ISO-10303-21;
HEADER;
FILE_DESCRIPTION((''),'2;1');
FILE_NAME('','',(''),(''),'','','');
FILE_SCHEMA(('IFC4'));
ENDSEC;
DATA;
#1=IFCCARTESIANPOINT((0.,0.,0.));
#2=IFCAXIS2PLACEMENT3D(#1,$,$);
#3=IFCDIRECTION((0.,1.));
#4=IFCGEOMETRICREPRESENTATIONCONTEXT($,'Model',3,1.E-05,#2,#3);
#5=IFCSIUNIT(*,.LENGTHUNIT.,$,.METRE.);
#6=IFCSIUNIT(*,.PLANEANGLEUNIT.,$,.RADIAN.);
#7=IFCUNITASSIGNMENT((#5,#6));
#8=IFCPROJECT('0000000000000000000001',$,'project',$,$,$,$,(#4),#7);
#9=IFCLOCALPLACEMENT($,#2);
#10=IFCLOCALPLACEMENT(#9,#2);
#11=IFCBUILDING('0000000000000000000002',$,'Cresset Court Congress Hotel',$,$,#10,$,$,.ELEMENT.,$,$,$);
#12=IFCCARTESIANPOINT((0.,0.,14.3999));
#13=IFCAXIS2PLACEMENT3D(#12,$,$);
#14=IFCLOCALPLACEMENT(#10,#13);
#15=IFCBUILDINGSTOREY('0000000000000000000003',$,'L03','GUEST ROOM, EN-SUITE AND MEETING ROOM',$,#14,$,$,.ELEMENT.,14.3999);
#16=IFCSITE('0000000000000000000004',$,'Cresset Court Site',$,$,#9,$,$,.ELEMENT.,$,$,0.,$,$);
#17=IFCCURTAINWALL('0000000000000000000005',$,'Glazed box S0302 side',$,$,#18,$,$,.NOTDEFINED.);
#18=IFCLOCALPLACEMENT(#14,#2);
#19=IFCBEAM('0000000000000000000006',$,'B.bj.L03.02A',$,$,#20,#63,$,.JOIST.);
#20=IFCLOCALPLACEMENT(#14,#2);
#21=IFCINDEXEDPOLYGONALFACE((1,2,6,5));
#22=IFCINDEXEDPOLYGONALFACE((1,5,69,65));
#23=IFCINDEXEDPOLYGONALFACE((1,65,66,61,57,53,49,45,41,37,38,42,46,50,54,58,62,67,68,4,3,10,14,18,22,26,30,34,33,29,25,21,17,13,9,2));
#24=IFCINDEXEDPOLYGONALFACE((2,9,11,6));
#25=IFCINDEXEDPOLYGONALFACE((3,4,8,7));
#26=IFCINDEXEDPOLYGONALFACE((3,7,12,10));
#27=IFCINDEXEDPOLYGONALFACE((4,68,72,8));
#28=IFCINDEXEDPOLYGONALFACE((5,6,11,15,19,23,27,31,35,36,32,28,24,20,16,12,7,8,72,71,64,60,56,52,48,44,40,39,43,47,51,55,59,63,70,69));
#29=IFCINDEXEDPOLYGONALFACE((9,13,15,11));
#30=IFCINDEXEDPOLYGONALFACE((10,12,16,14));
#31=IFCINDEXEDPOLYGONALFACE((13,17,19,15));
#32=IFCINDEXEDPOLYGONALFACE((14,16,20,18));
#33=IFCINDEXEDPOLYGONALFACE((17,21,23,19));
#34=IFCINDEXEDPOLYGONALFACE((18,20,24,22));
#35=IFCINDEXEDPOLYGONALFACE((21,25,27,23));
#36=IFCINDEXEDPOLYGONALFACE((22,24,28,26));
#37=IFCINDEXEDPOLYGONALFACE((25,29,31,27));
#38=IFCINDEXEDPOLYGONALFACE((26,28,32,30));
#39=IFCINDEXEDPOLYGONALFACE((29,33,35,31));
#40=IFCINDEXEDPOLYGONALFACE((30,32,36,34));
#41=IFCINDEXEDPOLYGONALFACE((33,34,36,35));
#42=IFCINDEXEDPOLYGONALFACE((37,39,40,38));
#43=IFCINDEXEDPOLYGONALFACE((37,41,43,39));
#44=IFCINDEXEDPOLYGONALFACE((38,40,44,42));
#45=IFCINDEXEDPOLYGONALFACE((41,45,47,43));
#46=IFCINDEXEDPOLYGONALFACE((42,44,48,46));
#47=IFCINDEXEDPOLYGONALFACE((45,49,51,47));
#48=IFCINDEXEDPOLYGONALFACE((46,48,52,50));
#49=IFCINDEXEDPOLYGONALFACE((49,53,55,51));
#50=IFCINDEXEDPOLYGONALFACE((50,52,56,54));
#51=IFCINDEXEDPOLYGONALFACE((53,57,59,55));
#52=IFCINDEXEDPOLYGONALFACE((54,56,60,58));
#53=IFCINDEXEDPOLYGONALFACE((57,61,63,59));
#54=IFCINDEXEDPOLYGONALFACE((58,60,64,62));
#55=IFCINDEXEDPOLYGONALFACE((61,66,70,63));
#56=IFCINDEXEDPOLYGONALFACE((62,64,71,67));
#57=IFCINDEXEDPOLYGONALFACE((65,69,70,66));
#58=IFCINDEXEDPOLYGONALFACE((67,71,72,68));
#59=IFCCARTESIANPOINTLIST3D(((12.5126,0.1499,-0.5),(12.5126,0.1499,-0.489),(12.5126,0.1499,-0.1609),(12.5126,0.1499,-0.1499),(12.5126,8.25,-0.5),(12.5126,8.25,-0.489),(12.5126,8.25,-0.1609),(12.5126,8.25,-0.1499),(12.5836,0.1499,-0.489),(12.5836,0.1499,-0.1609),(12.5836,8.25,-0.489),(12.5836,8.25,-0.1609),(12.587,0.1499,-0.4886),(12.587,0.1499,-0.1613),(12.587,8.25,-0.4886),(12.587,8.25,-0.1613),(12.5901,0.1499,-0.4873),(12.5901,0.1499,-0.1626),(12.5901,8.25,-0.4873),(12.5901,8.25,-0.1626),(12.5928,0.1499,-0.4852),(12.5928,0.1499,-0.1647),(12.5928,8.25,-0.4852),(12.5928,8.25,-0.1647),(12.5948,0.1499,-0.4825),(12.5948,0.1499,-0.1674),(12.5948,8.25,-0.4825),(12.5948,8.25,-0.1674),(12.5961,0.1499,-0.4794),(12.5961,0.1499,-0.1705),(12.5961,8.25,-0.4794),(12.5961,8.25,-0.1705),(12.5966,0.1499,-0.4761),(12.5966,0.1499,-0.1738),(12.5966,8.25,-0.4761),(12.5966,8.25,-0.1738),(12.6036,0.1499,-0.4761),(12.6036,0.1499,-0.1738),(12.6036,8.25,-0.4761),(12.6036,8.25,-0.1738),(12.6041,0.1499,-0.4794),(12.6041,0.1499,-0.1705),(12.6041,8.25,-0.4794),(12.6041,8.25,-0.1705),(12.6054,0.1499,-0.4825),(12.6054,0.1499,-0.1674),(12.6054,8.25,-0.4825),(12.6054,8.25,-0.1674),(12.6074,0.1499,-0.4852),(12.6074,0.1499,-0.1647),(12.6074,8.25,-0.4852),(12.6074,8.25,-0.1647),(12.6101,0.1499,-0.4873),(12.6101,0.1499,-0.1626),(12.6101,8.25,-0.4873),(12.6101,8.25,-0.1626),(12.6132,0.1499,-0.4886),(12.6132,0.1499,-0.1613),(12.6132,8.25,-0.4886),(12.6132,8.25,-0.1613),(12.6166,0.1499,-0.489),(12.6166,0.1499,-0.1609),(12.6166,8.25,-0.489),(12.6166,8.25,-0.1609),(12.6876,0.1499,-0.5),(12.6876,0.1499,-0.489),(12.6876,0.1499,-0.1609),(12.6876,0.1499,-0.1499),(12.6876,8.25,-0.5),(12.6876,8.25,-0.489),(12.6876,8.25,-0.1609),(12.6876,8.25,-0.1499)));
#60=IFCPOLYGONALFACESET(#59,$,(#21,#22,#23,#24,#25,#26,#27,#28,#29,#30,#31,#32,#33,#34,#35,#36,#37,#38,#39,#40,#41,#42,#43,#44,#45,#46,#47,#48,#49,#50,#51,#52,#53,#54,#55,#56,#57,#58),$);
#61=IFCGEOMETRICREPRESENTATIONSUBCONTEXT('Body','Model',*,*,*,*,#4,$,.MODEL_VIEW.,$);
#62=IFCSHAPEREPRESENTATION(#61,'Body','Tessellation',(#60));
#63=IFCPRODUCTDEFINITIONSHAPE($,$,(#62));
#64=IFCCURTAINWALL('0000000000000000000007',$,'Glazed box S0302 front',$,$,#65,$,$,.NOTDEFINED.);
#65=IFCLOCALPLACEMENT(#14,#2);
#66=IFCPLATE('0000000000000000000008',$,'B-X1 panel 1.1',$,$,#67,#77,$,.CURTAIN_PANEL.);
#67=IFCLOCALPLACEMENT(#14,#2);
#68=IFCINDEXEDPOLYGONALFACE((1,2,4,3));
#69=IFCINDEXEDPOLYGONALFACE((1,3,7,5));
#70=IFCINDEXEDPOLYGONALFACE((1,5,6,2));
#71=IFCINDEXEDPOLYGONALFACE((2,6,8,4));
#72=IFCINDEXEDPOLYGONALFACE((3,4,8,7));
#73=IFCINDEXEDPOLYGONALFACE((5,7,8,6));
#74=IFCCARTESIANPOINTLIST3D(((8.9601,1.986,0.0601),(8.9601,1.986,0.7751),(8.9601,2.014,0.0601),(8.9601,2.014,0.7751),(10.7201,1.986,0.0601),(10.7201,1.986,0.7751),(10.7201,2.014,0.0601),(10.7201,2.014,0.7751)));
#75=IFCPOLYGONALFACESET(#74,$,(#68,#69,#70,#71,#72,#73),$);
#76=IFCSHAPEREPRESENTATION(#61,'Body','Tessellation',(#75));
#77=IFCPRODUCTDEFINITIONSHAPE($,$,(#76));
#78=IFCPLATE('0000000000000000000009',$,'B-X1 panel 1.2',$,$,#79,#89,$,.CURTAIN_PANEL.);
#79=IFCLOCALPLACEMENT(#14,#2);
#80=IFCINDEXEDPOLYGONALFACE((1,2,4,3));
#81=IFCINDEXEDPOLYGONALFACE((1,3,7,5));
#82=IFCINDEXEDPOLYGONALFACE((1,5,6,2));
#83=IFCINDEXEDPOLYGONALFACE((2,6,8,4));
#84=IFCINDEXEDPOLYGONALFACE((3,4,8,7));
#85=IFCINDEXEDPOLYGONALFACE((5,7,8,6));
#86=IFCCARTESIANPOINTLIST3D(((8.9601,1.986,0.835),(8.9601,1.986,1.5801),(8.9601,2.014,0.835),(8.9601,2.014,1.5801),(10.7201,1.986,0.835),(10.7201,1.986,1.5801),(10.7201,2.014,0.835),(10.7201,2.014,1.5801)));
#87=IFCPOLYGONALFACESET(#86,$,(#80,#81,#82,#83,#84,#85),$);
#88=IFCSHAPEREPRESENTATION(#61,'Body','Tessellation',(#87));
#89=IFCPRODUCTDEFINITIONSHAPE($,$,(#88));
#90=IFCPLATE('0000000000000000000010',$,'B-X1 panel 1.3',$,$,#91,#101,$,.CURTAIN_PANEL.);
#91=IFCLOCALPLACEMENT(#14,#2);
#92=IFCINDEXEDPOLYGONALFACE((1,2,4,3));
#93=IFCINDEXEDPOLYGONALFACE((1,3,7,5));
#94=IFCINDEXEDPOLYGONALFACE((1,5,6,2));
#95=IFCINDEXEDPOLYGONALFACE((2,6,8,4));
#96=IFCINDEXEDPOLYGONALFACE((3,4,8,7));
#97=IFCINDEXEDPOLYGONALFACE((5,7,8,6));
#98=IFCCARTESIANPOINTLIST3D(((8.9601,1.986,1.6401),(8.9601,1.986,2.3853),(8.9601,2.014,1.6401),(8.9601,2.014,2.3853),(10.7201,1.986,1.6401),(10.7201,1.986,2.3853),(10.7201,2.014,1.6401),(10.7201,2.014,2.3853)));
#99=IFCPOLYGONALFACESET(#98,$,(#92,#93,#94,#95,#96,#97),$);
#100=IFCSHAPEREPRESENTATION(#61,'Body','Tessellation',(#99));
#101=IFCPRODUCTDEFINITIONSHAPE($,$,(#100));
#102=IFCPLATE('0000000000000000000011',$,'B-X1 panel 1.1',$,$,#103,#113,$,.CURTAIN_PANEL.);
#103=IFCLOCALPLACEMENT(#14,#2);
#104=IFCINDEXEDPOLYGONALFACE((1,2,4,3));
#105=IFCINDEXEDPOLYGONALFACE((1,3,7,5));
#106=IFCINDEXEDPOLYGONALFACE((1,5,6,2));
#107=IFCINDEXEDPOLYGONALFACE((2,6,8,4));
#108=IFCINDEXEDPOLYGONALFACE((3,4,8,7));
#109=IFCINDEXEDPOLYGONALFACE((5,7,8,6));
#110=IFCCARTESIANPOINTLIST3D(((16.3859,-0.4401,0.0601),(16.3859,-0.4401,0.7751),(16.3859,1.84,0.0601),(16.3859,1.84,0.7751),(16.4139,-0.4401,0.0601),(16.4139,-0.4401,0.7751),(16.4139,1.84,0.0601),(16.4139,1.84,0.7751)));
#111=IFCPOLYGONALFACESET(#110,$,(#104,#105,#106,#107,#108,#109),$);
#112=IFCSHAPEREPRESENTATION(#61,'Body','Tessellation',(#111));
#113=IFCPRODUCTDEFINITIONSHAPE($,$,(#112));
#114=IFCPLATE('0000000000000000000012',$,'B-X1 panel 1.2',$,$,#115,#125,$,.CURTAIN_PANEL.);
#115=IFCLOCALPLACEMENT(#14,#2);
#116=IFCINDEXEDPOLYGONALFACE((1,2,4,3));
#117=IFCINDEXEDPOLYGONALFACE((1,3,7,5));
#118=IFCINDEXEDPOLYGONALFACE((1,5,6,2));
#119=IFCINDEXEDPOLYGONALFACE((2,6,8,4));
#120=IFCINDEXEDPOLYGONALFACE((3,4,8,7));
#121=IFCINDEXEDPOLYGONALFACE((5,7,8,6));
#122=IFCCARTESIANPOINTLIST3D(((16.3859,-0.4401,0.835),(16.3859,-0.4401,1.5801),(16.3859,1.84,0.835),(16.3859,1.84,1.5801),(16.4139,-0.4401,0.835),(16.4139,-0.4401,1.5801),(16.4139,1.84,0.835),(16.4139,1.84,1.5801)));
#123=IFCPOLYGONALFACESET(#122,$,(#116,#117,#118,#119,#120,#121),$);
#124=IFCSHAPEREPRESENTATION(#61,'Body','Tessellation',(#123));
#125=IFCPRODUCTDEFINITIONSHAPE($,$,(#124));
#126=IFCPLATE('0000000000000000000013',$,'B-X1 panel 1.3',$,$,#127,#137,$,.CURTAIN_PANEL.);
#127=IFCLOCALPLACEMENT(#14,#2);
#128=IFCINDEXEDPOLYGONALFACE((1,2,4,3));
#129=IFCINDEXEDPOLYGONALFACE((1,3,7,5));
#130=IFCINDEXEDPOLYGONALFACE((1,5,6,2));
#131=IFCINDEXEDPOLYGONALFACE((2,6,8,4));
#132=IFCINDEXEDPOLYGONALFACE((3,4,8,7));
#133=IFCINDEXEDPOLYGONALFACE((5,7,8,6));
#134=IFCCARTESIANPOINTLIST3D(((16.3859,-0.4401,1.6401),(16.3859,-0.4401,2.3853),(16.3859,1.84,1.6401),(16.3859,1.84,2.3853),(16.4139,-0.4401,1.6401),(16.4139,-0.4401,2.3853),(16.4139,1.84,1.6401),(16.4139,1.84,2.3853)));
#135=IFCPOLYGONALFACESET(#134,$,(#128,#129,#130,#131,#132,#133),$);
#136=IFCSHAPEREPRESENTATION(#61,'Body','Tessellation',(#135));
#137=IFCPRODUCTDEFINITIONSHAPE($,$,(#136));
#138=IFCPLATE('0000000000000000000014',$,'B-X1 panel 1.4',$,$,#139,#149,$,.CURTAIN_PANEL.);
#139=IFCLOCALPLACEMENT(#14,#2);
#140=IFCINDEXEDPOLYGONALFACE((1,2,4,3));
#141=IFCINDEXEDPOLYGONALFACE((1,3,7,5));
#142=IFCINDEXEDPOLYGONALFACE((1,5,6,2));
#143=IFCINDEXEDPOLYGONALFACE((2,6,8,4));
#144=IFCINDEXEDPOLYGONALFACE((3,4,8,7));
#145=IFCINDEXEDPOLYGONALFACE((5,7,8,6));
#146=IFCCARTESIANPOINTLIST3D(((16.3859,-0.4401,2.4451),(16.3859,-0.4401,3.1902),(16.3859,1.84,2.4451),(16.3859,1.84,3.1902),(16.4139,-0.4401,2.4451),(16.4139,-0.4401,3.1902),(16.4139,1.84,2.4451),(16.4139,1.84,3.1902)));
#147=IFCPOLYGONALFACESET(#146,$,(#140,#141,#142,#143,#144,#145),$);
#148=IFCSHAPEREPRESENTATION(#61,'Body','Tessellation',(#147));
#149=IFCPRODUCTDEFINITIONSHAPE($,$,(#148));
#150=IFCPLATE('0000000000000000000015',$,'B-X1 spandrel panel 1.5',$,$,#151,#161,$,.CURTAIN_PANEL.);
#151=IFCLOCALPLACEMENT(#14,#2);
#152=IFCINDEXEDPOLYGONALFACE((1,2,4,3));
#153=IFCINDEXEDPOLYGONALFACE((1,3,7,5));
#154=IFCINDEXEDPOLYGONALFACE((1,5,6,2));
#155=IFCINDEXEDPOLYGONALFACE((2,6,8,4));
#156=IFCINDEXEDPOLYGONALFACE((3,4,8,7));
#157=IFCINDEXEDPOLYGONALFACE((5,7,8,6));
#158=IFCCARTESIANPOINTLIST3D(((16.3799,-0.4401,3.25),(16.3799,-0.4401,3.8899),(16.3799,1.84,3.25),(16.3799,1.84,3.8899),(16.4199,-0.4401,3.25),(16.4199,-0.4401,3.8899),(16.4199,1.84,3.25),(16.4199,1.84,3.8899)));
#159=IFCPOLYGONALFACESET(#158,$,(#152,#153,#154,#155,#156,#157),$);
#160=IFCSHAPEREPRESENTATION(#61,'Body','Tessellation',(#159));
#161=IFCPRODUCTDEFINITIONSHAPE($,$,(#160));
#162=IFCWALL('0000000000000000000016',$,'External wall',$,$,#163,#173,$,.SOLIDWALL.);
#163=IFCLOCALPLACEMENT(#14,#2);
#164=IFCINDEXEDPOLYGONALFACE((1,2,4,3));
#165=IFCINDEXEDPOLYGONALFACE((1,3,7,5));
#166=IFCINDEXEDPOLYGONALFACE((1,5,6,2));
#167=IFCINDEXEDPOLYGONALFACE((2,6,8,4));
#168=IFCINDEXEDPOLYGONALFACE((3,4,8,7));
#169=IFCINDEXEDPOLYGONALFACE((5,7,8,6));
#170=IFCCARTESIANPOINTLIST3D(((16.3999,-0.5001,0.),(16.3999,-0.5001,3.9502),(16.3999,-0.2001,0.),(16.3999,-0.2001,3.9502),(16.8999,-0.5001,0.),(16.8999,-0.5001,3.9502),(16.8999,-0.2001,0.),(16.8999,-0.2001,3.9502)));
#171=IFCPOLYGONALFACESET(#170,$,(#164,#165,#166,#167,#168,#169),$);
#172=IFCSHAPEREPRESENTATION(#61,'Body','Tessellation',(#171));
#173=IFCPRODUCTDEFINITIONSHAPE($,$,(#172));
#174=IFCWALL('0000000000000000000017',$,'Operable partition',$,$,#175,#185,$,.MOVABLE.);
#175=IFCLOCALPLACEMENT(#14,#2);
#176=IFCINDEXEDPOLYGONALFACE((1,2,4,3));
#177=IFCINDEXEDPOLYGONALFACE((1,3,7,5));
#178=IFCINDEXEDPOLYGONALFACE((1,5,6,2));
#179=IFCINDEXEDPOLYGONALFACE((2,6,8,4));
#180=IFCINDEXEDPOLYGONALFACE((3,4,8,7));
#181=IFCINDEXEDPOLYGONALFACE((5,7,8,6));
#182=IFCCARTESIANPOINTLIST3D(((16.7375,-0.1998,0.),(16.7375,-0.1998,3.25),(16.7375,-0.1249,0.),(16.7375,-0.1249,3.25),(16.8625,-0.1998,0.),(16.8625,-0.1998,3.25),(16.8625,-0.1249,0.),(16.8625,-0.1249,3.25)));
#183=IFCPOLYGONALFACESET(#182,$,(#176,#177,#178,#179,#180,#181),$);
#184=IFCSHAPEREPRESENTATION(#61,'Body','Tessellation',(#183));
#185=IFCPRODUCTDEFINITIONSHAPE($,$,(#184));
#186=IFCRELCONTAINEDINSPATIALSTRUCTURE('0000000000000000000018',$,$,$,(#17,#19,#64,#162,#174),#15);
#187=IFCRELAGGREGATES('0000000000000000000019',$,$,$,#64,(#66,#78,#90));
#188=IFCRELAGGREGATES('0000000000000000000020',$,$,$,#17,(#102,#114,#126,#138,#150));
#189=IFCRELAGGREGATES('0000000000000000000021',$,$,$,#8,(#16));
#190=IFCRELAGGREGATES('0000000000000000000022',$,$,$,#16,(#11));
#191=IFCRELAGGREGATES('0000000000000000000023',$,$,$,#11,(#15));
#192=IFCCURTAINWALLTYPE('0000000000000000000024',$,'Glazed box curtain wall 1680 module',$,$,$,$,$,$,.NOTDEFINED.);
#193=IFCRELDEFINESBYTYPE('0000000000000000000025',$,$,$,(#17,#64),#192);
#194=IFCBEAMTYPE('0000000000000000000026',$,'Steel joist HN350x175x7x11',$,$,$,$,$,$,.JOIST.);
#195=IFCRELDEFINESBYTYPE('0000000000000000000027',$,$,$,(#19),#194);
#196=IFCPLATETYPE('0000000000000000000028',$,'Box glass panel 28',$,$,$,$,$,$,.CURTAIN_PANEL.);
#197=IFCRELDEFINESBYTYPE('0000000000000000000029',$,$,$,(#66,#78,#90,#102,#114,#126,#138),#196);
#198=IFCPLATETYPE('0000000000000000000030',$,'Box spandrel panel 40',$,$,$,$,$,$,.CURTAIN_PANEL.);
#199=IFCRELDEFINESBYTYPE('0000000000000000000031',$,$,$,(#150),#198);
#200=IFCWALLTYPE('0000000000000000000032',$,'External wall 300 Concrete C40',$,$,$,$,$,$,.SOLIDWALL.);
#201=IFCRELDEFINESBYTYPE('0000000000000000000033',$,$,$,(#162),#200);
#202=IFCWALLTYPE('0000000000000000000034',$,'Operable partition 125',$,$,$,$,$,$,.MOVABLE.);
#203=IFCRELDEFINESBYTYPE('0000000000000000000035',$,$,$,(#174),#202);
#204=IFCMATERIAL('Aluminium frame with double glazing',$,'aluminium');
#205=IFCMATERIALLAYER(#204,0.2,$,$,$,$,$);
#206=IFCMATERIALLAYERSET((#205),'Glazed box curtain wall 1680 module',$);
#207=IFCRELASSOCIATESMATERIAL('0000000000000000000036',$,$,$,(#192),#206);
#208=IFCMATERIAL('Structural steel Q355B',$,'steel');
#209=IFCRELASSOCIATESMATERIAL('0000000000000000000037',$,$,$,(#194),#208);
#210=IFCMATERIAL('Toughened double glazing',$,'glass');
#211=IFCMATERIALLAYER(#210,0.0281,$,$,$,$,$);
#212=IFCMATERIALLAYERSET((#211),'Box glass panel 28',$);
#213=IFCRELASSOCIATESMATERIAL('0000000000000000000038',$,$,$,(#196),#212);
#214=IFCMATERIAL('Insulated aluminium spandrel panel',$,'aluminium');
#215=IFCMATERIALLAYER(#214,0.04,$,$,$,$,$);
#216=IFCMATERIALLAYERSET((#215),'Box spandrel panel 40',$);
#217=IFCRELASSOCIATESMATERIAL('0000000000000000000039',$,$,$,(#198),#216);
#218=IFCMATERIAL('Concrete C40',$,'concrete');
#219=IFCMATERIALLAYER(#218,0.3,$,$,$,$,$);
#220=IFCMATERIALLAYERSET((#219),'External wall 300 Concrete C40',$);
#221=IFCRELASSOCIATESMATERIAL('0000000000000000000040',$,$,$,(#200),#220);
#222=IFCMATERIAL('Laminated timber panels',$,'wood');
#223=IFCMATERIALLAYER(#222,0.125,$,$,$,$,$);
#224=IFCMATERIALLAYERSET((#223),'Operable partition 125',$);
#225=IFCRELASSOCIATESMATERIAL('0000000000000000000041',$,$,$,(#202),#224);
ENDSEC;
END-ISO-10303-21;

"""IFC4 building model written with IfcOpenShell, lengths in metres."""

from ifc_helpers import new_model, si_unit, direction, frame, frame_2d, origin, origin_2d, place, context, subcontext, project, spatial, rectangle, i_section, extrude, material, layer, layer_set, material_profile, profile_set, type_object, element, aggregate, save


model = new_model("IFC4")

# Units and contexts
model_context = context("Model", 3, precision=1e-05, world=origin(), true_north=direction((0.0, 1.0)))
body_context = subcontext(model_context, "Body", "Model", "MODEL_VIEW")
ifc_project = project(units=[si_unit("LENGTHUNIT", "METRE"), si_unit("PLANEANGLEUNIT", "RADIAN")], contexts=[model_context])

# Site, building, storey
site_placement = place(None, origin())
site = spatial("IfcSite", under=ifc_project, at=site_placement, Name="Cresset Court Site", CompositionType="ELEMENT", RefElevation=0.0)
building_placement = place(site_placement, origin())
building = spatial("IfcBuilding", under=site, at=building_placement, Name="Cresset Court Congress Hotel", CompositionType="ELEMENT")
storey_placement = place(building_placement, frame((0.0, 0.0, 14.3999)))
storey = spatial("IfcBuildingStorey", under=building, at=storey_placement, Name="L03", Description="GUEST ROOM, EN-SUITE AND MEETING ROOM", CompositionType="ELEMENT", Elevation=14.3999)

# Curtain wall
ifc_material_1 = material(Name="Aluminium frame with double glazing", Category="aluminium")
ifc_layer_1 = layer(ifc_material_1, 0.2)
ifc_layer_set_1 = layer_set([ifc_layer_1], Name="Glazed box curtain wall 1680 module")
curtain_wall_type = type_object("IfcCurtainWallType", Name="Glazed box curtain wall 1680 module", PredefinedType="NOTDEFINED", material=ifc_layer_set_1)
curtain_wall_1_placement = place(storey_placement, origin())
curtain_wall_1 = element("IfcCurtainWall", 1, at=curtain_wall_1_placement, inside=storey, type_object=curtain_wall_type, Name="Glazed box S0302 side", PredefinedType="NOTDEFINED")

# Beam
ifc_material_2 = material(Name="Structural steel Q355B", Category="steel")
ifc_material_profile_1 = material_profile(ifc_material_2, i_section(OverallWidth=0.175, OverallDepth=0.3501, WebThickness=0.0071, FlangeThickness=0.011, FilletRadius=0.0129, at=origin_2d()), Name="HN350x175x7x11")
ifc_profile_set_1 = profile_set([ifc_material_profile_1], Name="Structural steel Q355B")
beam_type = type_object("IfcBeamType", Name="Steel joist HN350x175x7x11", PredefinedType="JOIST", material=ifc_profile_set_1)
beam_placement = place(storey_placement, frame((12.6001, 0.1499, -0.325), z_axis=(0.0, 1.0, 0.0), x_axis=(-1.0, 0.0, 0.0)))
element("IfcBeam", 2, at=beam_placement, inside=storey, type_object=beam_type, Name="B.bj.L03.02A", PredefinedType="JOIST", context=body_context, shape_type="SweptSolid", body=[
    extrude(i_section(OverallWidth=0.175, OverallDepth=0.3501, WebThickness=0.0071, FlangeThickness=0.011, FilletRadius=0.0129, at=origin_2d()), origin(), (0.0, 0.0, 1.0), 8.1001),
])

# Curtain wall, plates
curtain_wall_2_placement = place(storey_placement, origin())
curtain_wall_2 = element("IfcCurtainWall", 3, at=curtain_wall_2_placement, inside=storey, type_object=curtain_wall_type, Name="Glazed box S0302 front", PredefinedType="NOTDEFINED")
ifc_material_3 = material(Name="Toughened double glazing", Category="glass")
ifc_layer_2 = layer(ifc_material_3, 0.0281)
ifc_layer_set_2 = layer_set([ifc_layer_2], Name="Box glass panel 28")
plate_type_1 = type_object("IfcPlateType", Name="Box glass panel 28", PredefinedType="CURTAIN_PANEL", material=ifc_layer_set_2)
plate_1_placement = place(storey_placement, frame((9.8401, 2.0, 0.0601), z_axis=(0.0, 0.0, 1.0), x_axis=(1.0, 0.0, 0.0)))
plate_1 = element("IfcPlate", 4, at=plate_1_placement, type_object=plate_type_1, Name="B-X1 panel 1.1", PredefinedType="CURTAIN_PANEL", context=body_context, shape_type="SweptSolid", body=[
    extrude(rectangle(XDim=1.76, YDim=0.0281, at=origin_2d()), origin(), (0.0, 0.0, 1.0), 0.7151),
])
plate_2_placement = place(storey_placement, frame((9.8401, 2.0, 0.835), z_axis=(0.0, 0.0, 1.0), x_axis=(1.0, 0.0, 0.0)))
plate_2 = element("IfcPlate", 5, at=plate_2_placement, type_object=plate_type_1, Name="B-X1 panel 1.2", PredefinedType="CURTAIN_PANEL", context=body_context, shape_type="SweptSolid", body=[
    extrude(rectangle(XDim=1.76, YDim=0.0281, at=origin_2d()), origin(), (0.0, 0.0, 1.0), 0.7451),
])
plate_3_placement = place(storey_placement, frame((9.8401, 2.0, 1.6401), z_axis=(0.0, 0.0, 1.0), x_axis=(1.0, 0.0, 0.0)))
plate_3 = element("IfcPlate", 6, at=plate_3_placement, type_object=plate_type_1, Name="B-X1 panel 1.3", PredefinedType="CURTAIN_PANEL", context=body_context, shape_type="SweptSolid", body=[
    extrude(rectangle(XDim=1.76, YDim=0.0281, at=origin_2d()), origin(), (0.0, 0.0, 1.0), 0.7451),
])
aggregate(curtain_wall_2, [plate_1, plate_2, plate_3])

# Plates
plate_4_placement = place(storey_placement, frame((16.3999, 0.7, 0.0601), z_axis=(0.0, 0.0, 1.0), x_axis=(0.0, 1.0, 0.0)))
plate_4 = element("IfcPlate", 7, at=plate_4_placement, type_object=plate_type_1, Name="B-X1 panel 1.1", PredefinedType="CURTAIN_PANEL", context=body_context, shape_type="SweptSolid", body=[
    extrude(rectangle(XDim=2.28, YDim=0.0281, at=origin_2d()), origin(), (0.0, 0.0, 1.0), 0.7151),
])
plate_5_placement = place(storey_placement, frame((16.3999, 0.7, 0.835), z_axis=(0.0, 0.0, 1.0), x_axis=(0.0, 1.0, 0.0)))
plate_5 = element("IfcPlate", 8, at=plate_5_placement, type_object=plate_type_1, Name="B-X1 panel 1.2", PredefinedType="CURTAIN_PANEL", context=body_context, shape_type="SweptSolid", body=[
    extrude(rectangle(XDim=2.28, YDim=0.0281, at=origin_2d()), origin(), (0.0, 0.0, 1.0), 0.7451),
])
plate_6_placement = place(storey_placement, frame((16.3999, 0.7, 1.6401), z_axis=(0.0, 0.0, 1.0), x_axis=(0.0, 1.0, 0.0)))
plate_6 = element("IfcPlate", 9, at=plate_6_placement, type_object=plate_type_1, Name="B-X1 panel 1.3", PredefinedType="CURTAIN_PANEL", context=body_context, shape_type="SweptSolid", body=[
    extrude(rectangle(XDim=2.28, YDim=0.0281, at=origin_2d()), origin(), (0.0, 0.0, 1.0), 0.7451),
])
plate_7_placement = place(storey_placement, frame((16.3999, 0.7, 2.4451), z_axis=(0.0, 0.0, 1.0), x_axis=(0.0, 1.0, 0.0)))
plate_7 = element("IfcPlate", 10, at=plate_7_placement, type_object=plate_type_1, Name="B-X1 panel 1.4", PredefinedType="CURTAIN_PANEL", context=body_context, shape_type="SweptSolid", body=[
    extrude(rectangle(XDim=2.28, YDim=0.0281, at=origin_2d()), origin(), (0.0, 0.0, 1.0), 0.7451),
])
ifc_material_4 = material(Name="Insulated aluminium spandrel panel", Category="aluminium")
ifc_layer_3 = layer(ifc_material_4, 0.04)
ifc_layer_set_3 = layer_set([ifc_layer_3], Name="Box spandrel panel 40")
plate_type_2 = type_object("IfcPlateType", Name="Box spandrel panel 40", PredefinedType="CURTAIN_PANEL", material=ifc_layer_set_3)
plate_8_placement = place(storey_placement, frame((16.3999, 0.7, 3.25), z_axis=(0.0, 0.0, 1.0), x_axis=(0.0, 1.0, 0.0)))
plate_8 = element("IfcPlate", 11, at=plate_8_placement, type_object=plate_type_2, Name="B-X1 spandrel panel 1.5", PredefinedType="CURTAIN_PANEL", context=body_context, shape_type="SweptSolid", body=[
    extrude(rectangle(XDim=2.28, YDim=0.04, at=origin_2d()), origin(), (0.0, 0.0, 1.0), 0.6399),
])
aggregate(curtain_wall_1, [plate_4, plate_5, plate_6, plate_7, plate_8])

# Walls
ifc_material_5 = material(Name="Concrete C40", Category="concrete")
ifc_layer_4 = layer(ifc_material_5, 0.3)
ifc_layer_set_4 = layer_set([ifc_layer_4], Name="External wall 300 Concrete C40")
wall_type_1 = type_object("IfcWallType", Name="External wall 300 Concrete C40", PredefinedType="SOLIDWALL", material=ifc_layer_set_4)
wall_1_placement = place(storey_placement, frame((16.3999, -0.3501, 0.0), z_axis=(0.0, 0.0, 1.0), x_axis=(1.0, 0.0, 0.0)))
element("IfcWall", 12, at=wall_1_placement, inside=storey, type_object=wall_type_1, Name="External wall", PredefinedType="SOLIDWALL", context=body_context, shape_type="SweptSolid", body=[
    extrude(rectangle(XDim=0.5, YDim=0.3, at=frame_2d((0.25, 0.0))), origin(), (0.0, 0.0, 1.0), 3.9502),
])
ifc_material_6 = material(Name="Laminated timber panels", Category="wood")
ifc_layer_5 = layer(ifc_material_6, 0.125)
ifc_layer_set_5 = layer_set([ifc_layer_5], Name="Operable partition 125")
wall_type_2 = type_object("IfcWallType", Name="Operable partition 125", PredefinedType="MOVABLE", material=ifc_layer_set_5)
wall_2_placement = place(storey_placement, frame((16.8, -0.2, 0.0), z_axis=(0.0, 0.0, 1.0), x_axis=(0.0, 1.0, 0.0)))
element("IfcWall", 13, at=wall_2_placement, inside=storey, type_object=wall_type_2, Name="Operable partition", PredefinedType="MOVABLE", context=body_context, shape_type="SweptSolid", body=[
    extrude(rectangle(XDim=0.075, YDim=0.125, at=frame_2d((0.0376, 0.0))), origin(), (0.0, 0.0, 1.0), 3.25),
])

save(model, "model.ifc")
